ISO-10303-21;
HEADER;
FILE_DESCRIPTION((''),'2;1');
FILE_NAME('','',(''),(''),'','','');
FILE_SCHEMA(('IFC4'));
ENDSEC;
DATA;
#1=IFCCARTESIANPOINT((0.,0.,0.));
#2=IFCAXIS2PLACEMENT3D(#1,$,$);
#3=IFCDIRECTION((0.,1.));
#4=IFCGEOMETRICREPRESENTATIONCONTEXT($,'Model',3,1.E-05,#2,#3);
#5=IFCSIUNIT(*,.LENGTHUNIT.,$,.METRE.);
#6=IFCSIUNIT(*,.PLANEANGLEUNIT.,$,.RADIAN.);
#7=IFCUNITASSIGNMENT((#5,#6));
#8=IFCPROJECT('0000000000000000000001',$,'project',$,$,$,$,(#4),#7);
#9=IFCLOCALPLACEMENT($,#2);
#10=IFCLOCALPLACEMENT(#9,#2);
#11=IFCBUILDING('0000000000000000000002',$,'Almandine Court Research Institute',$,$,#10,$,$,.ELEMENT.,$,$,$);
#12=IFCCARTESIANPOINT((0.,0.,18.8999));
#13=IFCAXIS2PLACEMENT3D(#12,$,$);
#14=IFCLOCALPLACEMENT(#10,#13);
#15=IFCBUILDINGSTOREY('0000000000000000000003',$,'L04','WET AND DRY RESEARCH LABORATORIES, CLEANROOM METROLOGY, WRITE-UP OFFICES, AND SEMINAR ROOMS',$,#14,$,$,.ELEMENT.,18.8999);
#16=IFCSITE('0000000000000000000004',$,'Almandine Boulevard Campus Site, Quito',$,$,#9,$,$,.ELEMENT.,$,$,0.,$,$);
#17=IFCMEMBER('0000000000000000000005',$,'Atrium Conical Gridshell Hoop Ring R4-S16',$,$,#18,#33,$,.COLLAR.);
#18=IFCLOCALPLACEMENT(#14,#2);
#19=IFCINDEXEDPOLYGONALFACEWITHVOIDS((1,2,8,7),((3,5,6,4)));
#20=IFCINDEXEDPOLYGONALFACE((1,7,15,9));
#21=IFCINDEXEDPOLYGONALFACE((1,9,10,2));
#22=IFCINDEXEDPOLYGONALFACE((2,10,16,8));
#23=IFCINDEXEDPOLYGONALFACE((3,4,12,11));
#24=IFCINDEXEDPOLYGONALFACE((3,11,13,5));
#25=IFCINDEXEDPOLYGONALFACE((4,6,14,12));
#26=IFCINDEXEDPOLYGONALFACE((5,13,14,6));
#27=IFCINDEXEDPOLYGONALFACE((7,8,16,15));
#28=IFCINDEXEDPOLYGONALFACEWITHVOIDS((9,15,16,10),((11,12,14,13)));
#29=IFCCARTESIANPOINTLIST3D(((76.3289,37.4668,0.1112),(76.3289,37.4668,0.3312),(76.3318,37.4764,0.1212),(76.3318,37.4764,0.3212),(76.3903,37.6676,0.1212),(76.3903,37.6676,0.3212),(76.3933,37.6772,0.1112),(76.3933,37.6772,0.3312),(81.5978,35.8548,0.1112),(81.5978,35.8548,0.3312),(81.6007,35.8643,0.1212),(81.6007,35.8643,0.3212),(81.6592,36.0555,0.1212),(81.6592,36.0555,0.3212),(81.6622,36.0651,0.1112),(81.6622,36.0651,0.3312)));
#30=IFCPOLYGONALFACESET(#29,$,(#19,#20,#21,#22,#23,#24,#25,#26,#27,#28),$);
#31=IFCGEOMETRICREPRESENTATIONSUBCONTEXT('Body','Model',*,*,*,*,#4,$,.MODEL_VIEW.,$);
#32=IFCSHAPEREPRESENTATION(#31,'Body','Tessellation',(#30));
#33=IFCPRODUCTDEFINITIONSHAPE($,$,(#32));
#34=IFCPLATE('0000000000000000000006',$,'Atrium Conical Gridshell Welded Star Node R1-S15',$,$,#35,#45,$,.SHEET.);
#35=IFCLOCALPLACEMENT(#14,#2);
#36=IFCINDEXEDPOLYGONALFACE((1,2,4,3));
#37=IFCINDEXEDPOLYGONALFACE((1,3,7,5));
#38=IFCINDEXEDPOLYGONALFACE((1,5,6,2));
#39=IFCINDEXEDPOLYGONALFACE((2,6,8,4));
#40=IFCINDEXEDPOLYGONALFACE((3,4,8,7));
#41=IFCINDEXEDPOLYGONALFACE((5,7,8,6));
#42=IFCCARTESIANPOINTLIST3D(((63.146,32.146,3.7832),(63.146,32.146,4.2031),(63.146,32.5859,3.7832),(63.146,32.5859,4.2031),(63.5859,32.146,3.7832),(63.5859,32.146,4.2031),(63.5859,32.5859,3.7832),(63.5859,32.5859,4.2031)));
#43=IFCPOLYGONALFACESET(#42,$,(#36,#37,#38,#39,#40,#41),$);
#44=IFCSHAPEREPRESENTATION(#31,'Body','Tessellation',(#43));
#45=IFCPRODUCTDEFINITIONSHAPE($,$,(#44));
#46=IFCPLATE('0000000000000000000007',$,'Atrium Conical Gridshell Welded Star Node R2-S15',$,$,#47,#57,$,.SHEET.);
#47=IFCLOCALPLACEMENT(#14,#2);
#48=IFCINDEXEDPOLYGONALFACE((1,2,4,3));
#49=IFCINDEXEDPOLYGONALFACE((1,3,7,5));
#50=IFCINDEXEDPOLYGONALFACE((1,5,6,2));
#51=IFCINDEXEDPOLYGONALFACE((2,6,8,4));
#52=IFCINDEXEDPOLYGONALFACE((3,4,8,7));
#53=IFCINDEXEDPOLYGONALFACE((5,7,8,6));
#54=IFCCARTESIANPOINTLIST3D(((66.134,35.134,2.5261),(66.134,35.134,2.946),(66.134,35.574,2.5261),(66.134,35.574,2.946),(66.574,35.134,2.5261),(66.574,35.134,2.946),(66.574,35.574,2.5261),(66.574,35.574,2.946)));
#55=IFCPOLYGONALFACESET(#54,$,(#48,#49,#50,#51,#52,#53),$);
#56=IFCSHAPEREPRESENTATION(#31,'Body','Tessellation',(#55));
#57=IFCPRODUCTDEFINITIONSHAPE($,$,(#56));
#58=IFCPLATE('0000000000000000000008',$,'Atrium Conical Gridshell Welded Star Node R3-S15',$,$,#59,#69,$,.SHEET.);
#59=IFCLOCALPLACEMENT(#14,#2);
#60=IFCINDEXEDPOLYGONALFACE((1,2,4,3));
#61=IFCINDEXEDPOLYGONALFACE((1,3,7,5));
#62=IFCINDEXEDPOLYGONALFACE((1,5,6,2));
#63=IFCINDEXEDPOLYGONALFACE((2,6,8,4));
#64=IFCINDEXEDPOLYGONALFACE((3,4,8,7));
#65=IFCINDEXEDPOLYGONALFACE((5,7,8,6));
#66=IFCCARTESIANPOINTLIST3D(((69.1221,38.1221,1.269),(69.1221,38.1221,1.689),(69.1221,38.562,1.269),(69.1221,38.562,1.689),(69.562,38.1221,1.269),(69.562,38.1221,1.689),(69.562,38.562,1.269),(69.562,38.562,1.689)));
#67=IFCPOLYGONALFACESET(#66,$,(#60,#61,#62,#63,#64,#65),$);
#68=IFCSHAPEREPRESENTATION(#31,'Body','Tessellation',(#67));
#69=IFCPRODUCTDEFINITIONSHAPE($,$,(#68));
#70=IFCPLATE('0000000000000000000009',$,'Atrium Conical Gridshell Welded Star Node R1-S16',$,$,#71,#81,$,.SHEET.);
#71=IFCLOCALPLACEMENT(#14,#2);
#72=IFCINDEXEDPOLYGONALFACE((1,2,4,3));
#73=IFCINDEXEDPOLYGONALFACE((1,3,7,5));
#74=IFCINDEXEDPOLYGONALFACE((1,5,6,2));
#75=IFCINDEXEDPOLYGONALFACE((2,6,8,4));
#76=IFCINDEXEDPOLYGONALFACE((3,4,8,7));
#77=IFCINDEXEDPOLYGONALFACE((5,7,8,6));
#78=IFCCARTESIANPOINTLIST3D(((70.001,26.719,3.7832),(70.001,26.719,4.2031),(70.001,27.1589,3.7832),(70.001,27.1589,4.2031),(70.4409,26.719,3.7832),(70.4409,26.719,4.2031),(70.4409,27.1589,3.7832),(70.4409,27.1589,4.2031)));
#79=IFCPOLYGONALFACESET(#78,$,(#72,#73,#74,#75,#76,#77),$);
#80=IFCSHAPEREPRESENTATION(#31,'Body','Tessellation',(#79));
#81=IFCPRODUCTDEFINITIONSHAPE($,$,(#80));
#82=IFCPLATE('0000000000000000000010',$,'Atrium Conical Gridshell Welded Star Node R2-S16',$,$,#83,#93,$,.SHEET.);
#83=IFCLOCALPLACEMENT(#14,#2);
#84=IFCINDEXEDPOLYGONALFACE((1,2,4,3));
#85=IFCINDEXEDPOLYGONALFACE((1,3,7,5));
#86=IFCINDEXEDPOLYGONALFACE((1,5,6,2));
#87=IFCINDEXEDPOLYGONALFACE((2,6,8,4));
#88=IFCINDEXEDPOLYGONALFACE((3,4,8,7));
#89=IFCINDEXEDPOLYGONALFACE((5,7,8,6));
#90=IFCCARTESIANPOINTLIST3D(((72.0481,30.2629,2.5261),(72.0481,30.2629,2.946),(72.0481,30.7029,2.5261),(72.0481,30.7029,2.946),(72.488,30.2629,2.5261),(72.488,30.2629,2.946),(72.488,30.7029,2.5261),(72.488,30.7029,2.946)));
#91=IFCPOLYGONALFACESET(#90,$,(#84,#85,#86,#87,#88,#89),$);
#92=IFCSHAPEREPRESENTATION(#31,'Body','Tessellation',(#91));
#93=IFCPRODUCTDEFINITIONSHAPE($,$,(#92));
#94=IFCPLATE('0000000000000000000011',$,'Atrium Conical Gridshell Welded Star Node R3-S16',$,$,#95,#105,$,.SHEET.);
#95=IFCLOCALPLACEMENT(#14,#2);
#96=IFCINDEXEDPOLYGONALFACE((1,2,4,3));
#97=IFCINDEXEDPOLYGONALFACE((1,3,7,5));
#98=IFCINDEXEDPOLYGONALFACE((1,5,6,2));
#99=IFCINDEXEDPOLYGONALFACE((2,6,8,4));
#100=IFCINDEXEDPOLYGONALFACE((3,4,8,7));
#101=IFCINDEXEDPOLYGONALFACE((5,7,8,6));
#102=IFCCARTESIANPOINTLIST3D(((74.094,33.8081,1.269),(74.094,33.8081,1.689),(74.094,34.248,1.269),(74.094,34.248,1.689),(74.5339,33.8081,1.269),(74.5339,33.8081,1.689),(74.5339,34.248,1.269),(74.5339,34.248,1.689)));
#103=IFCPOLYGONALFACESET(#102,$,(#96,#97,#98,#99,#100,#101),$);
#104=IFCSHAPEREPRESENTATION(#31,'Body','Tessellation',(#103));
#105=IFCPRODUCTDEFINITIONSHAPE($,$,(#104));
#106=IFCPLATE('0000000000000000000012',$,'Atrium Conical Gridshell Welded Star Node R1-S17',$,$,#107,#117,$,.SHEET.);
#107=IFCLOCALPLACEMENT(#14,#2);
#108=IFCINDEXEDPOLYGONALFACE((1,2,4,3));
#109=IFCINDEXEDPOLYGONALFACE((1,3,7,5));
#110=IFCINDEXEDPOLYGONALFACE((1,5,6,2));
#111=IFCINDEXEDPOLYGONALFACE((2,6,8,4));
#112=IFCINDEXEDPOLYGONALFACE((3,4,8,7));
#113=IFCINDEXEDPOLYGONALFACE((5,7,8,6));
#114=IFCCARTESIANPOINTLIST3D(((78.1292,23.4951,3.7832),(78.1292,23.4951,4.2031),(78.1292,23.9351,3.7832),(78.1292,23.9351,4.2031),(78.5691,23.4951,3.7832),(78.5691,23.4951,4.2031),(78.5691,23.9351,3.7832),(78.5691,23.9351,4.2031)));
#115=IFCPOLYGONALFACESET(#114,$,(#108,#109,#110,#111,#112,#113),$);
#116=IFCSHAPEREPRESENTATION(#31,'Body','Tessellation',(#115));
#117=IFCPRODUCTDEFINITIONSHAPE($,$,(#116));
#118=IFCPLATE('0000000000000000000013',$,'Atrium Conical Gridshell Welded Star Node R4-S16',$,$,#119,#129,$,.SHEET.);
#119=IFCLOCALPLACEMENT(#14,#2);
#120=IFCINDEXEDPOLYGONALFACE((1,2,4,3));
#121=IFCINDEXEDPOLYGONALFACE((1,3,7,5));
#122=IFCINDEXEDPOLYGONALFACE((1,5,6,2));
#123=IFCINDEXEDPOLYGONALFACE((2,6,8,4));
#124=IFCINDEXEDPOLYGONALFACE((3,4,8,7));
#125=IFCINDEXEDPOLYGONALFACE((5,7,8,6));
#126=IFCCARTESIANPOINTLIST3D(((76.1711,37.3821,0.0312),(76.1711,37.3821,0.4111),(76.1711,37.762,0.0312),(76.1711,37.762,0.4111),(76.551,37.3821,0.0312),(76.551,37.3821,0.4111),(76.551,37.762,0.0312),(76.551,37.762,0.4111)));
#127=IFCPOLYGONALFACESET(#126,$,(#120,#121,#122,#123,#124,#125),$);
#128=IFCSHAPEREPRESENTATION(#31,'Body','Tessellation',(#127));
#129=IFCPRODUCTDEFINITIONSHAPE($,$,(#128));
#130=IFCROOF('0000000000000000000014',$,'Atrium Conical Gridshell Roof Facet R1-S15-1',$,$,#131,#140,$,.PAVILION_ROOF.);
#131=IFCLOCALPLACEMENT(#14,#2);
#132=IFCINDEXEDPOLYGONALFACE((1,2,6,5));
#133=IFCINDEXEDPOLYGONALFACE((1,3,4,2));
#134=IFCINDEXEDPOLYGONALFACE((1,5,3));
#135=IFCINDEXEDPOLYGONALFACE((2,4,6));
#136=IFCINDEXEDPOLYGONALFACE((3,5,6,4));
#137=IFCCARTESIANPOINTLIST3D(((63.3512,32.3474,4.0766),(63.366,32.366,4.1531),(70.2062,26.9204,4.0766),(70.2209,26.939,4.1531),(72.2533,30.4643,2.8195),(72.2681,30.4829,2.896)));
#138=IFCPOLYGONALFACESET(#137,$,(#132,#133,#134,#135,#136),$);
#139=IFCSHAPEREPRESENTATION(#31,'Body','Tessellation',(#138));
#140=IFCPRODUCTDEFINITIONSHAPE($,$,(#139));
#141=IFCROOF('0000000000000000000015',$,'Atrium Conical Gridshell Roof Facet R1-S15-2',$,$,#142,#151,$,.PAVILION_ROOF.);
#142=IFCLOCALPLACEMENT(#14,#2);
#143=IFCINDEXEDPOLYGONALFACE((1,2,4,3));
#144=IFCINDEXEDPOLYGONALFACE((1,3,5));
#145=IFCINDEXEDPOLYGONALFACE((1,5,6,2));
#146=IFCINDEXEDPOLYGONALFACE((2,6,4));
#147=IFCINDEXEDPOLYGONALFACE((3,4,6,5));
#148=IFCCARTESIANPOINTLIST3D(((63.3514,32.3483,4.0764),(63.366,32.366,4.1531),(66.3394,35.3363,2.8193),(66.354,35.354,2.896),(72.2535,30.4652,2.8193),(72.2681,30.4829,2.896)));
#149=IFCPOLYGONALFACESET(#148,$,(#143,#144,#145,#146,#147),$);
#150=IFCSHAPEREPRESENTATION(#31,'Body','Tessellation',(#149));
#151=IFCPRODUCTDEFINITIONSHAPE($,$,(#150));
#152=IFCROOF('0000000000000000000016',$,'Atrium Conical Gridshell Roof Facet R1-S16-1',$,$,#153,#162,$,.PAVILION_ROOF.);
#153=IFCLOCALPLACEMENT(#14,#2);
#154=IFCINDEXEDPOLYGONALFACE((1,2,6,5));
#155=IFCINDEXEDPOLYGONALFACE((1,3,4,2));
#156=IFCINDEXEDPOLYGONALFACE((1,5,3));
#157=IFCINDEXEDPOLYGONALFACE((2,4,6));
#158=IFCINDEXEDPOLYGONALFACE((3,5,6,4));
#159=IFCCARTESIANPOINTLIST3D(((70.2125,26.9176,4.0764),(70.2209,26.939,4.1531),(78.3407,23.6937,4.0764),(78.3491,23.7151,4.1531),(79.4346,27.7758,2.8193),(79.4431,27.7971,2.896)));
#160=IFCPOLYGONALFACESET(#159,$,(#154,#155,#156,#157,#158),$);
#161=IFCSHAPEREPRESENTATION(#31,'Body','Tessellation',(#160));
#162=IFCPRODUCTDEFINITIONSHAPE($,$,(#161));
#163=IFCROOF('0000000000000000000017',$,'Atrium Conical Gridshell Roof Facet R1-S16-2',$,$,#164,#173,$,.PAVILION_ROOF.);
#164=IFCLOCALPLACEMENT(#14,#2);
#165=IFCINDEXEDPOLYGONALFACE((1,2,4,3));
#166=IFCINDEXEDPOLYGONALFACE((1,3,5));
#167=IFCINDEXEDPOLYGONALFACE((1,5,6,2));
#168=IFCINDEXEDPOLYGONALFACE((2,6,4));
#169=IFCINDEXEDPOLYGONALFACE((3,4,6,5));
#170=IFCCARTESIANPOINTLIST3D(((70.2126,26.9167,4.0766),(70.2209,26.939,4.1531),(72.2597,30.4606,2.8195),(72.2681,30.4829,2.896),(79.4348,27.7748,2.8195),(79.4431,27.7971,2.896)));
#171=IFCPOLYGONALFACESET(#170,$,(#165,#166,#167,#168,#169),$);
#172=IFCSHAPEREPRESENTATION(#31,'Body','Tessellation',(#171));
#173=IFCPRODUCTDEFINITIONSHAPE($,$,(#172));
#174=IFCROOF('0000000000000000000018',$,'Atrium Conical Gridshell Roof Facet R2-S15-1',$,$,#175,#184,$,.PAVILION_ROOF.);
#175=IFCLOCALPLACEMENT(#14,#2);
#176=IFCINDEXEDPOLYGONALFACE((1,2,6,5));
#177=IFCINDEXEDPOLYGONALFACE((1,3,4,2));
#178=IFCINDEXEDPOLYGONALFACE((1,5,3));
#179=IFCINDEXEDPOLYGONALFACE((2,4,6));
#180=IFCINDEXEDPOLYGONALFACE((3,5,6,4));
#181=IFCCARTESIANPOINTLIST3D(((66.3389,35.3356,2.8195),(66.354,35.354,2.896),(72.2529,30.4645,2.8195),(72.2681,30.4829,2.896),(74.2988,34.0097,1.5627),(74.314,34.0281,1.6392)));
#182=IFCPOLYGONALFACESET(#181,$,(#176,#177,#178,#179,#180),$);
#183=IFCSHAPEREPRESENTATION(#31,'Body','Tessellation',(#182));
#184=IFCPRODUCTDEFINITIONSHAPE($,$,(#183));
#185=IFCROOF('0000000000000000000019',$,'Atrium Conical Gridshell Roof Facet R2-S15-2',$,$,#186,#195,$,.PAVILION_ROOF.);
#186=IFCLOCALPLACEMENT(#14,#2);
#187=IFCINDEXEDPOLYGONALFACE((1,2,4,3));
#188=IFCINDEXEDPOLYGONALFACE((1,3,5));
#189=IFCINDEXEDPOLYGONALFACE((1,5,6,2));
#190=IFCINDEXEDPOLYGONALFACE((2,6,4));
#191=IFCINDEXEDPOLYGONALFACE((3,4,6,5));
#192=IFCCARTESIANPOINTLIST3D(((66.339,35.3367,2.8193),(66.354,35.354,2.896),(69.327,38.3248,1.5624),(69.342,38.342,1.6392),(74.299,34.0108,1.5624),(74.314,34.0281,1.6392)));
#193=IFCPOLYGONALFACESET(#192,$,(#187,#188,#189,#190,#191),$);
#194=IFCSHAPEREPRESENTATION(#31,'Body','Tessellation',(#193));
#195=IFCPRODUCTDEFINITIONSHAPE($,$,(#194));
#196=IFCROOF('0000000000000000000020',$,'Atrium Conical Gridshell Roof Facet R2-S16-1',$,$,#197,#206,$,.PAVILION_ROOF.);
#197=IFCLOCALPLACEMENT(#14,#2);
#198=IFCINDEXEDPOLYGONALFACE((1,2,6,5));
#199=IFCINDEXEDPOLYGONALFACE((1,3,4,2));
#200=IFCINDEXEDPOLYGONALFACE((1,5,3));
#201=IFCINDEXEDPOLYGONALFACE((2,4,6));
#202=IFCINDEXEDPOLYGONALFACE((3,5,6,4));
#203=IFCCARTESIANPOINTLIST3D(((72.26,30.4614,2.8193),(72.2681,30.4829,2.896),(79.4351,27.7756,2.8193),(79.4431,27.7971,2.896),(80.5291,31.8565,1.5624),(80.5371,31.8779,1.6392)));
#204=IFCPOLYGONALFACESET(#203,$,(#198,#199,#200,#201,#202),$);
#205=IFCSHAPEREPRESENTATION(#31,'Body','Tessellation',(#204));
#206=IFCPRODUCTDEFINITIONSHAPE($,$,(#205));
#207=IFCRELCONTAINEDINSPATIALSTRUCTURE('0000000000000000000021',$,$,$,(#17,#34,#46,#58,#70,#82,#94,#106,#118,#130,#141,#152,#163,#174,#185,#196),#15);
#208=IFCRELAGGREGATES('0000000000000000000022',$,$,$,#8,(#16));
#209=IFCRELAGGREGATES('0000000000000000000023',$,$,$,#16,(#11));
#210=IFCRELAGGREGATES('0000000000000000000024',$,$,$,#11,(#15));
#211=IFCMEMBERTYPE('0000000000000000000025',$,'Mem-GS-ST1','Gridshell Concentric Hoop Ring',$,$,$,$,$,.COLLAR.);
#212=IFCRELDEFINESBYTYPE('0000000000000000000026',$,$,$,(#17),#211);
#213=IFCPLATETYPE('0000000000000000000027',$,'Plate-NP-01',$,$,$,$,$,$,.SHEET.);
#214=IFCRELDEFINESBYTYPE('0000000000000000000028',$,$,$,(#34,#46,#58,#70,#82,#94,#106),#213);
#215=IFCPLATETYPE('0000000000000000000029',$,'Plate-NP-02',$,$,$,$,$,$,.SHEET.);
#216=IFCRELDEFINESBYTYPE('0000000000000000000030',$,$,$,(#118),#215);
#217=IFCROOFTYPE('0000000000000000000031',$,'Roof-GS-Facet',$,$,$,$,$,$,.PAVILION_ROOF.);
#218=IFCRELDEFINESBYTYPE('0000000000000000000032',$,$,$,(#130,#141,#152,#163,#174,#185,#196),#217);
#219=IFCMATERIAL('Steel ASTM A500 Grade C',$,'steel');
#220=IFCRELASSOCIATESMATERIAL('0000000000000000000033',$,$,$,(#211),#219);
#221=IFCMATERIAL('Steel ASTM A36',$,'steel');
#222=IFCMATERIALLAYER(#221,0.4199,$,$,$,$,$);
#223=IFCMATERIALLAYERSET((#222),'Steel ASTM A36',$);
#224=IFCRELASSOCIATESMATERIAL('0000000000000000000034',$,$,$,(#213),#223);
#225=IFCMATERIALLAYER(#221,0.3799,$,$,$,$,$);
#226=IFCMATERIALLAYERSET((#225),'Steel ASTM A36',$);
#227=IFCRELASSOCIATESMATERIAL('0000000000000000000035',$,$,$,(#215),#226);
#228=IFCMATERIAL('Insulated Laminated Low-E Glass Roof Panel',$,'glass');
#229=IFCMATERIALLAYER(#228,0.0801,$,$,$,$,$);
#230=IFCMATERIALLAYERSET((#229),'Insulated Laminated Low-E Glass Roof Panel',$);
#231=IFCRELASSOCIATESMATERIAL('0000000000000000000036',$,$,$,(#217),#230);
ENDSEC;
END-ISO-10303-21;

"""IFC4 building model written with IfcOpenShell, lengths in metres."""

from ifc_helpers import new_model, si_unit, direction, frame, origin, origin_2d, place, context, subcontext, project, spatial, polyline, rectangle, hollow_rectangle, outline, extrude, material, layer, layer_set, material_profile, profile_set, type_object, element, save


model = new_model("IFC4")

# Units and contexts
model_context = context("Model", 3, precision=1e-05, world=origin(), true_north=direction((0.0, 1.0)))
body_context = subcontext(model_context, "Body", "Model", "MODEL_VIEW")
ifc_project = project(units=[si_unit("LENGTHUNIT", "METRE"), si_unit("PLANEANGLEUNIT", "RADIAN")], contexts=[model_context])

# Site, building, storey
site_placement = place(None, origin())
site = spatial("IfcSite", under=ifc_project, at=site_placement, Name="Almandine Boulevard Campus Site, Quito", CompositionType="ELEMENT", RefElevation=0.0)
building_placement = place(site_placement, origin())
building = spatial("IfcBuilding", under=site, at=building_placement, Name="Almandine Court Research Institute", CompositionType="ELEMENT")
storey_placement = place(building_placement, frame((0.0, 0.0, 18.8999)))
storey = spatial("IfcBuildingStorey", under=building, at=storey_placement, Name="L04", Description="WET AND DRY RESEARCH LABORATORIES, CLEANROOM METROLOGY, WRITE-UP OFFICES, AND SEMINAR ROOMS", CompositionType="ELEMENT", Elevation=18.8999)

# Shared definitions
ifc_material_1 = material(Name="Steel ASTM A500 Grade C", Category="steel")

# Member
ifc_material_profile_1 = material_profile(ifc_material_1, hollow_rectangle(XDim=0.22, YDim=0.22, WallThickness=0.01, at=origin_2d()), Name="HSS 220x220x10")
ifc_profile_set_1 = profile_set([ifc_material_profile_1], Name="Steel ASTM A500 Grade C")
member_type_1 = type_object("IfcMemberType", Name="Mem-GS-ST1", Description="Gridshell Concentric Hoop Ring", PredefinedType="COLLAR", material=ifc_profile_set_1)
member_1_placement = place(storey_placement, frame((76.3611, 37.572, 0.2212), z_axis=(0.956242, -0.292575, 0.0), x_axis=(0.292575, 0.956242, 0.0)))
element("IfcMember", 1, at=member_1_placement, inside=storey, type_object=member_type_1, Name="Atrium Conical Gridshell Hoop Ring R4-S16", PredefinedType="COLLAR", context=body_context, shape_type="SweptSolid", body=[
    extrude(hollow_rectangle(XDim=0.22, YDim=0.22, WallThickness=0.01, at=origin_2d()), origin(), (0.0, 0.0, 1.0), 5.51),
])

# Plates
ifc_material_2 = material(Name="Steel ASTM A36", Category="steel")
ifc_layer_1 = layer(ifc_material_2, 0.4199)
ifc_layer_set_1 = layer_set([ifc_layer_1], Name="Steel ASTM A36")
plate_type_1 = type_object("IfcPlateType", Name="Plate-NP-01", PredefinedType="SHEET", material=ifc_layer_set_1)
for number, where, z_axis, x_axis, name in (
    (2, (63.366, 32.366, 3.7832), (0.0, 0.0, 1.0), (1.0, 0.0, 0.0), "Atrium Conical Gridshell Welded Star Node R1-S15"),
    (3, (66.354, 35.354, 2.5261), (0.0, 0.0, 1.0), (1.0, 0.0, 0.0), "Atrium Conical Gridshell Welded Star Node R2-S15"),
    (4, (69.342, 38.342, 1.269), (0.0, 0.0, 1.0), (1.0, 0.0, 0.0), "Atrium Conical Gridshell Welded Star Node R3-S15"),
    (5, (70.2209, 26.939, 3.7832), (0.0, 0.0, 1.0), (1.0, 0.0, 0.0), "Atrium Conical Gridshell Welded Star Node R1-S16"),
    (6, (72.2681, 30.4829, 2.5261), (0.0, 0.0, 1.0), (1.0, 0.0, 0.0), "Atrium Conical Gridshell Welded Star Node R2-S16"),
    (7, (74.314, 34.0281, 1.269), (0.0, 0.0, 1.0), (1.0, 0.0, 0.0), "Atrium Conical Gridshell Welded Star Node R3-S16"),
    (8, (78.3491, 23.7151, 3.7832), (0.0, 0.0, 1.0), (1.0, 0.0, 0.0), "Atrium Conical Gridshell Welded Star Node R1-S17"),
):
    element("IfcPlate", number, at=place(storey_placement, frame(where, z_axis=z_axis, x_axis=x_axis)), inside=storey, type_object=plate_type_1, Name=name, PredefinedType="SHEET", context=body_context, shape_type="SweptSolid", body=[
        extrude(rectangle(XDim=0.4399, YDim=0.4399, at=origin_2d()), origin(), (0.0, 0.0, 1.0), 0.4199),
    ])
ifc_layer_2 = layer(ifc_material_2, 0.3799)
ifc_layer_set_2 = layer_set([ifc_layer_2], Name="Steel ASTM A36")
plate_type_2 = type_object("IfcPlateType", Name="Plate-NP-02", PredefinedType="SHEET", material=ifc_layer_set_2)
plate_placement = place(storey_placement, frame((76.3611, 37.572, 0.0312), z_axis=(0.0, 0.0, 1.0), x_axis=(1.0, 0.0, 0.0)))
element("IfcPlate", 9, at=plate_placement, inside=storey, type_object=plate_type_2, Name="Atrium Conical Gridshell Welded Star Node R4-S16", PredefinedType="SHEET", context=body_context, shape_type="SweptSolid", body=[
    extrude(rectangle(XDim=0.3799, YDim=0.3799, at=origin_2d()), origin(), (0.0, 0.0, 1.0), 0.3799),
])

# Roofs
ifc_material_3 = material(Name="Insulated Laminated Low-E Glass Roof Panel", Category="glass")
ifc_layer_3 = layer(ifc_material_3, 0.0801)
ifc_layer_set_3 = layer_set([ifc_layer_3], Name="Insulated Laminated Low-E Glass Roof Panel")
roof_type = type_object("IfcRoofType", Name="Roof-GS-Facet", PredefinedType="PAVILION_ROOF", material=ifc_layer_set_3)
roof_1_placement = place(storey_placement, frame((63.366, 32.366, 4.1531), z_axis=(0.184034, 0.232458, 0.955037), x_axis=(0.784038, -0.620713, 0.0)))
element("IfcRoof", 10, at=roof_1_placement, inside=storey, type_object=roof_type, Name="Atrium Conical Gridshell Roof Facet R1-S15-1", PredefinedType="PAVILION_ROOF", context=body_context, shape_type="SweptSolid", body=[
    extrude(outline(polyline([(0.0, 0.0), (8.7432, 0.0), (8.1484, 4.2399), (0.0, 0.0)])), origin(), (0.0, 0.0, -1.0), 0.0801),
])
roof_2_placement = place(storey_placement, frame((63.366, 32.366, 4.1531), z_axis=(0.182053, 0.221033, 0.958124), x_axis=(0.969146, -0.205003, -0.136855)))
element("IfcRoof", 11, at=roof_2_placement, inside=storey, type_object=roof_type, Name="Atrium Conical Gridshell Roof Facet R1-S15-2", PredefinedType="PAVILION_ROOF", context=body_context, shape_type="SweptSolid", body=[
    extrude(outline(polyline([(0.0, 0.0), (9.1855, 0.0), (2.4553, 3.6617), (0.0, 0.0)])), origin(), (0.0, 0.0, -1.0), 0.0801),
])
roof_3_placement = place(storey_placement, frame((70.2209, 26.939, 4.1531), z_axis=(0.105767, 0.266665, 0.957968), x_axis=(0.929553, -0.368689, 0.0)))
element("IfcRoof", 12, at=roof_3_placement, inside=storey, type_object=roof_type, Name="Atrium Conical Gridshell Roof Facet R1-S16-1", PredefinedType="PAVILION_ROOF", context=body_context, shape_type="SweptSolid", body=[
    extrude(outline(polyline([(0.0, 0.0), (8.7442, 0.0), (8.2561, 4.382), (0.0, 0.0)])), origin(), (0.0, 0.0, -1.0), 0.0801),
])
roof_4_placement = place(storey_placement, frame((70.2209, 26.939, 4.1531), z_axis=(0.104234, 0.27846, 0.954775), x_axis=(0.986652, 0.091811, -0.134491)))
element("IfcRoof", 13, at=roof_4_placement, inside=storey, type_object=roof_type, Name="Atrium Conical Gridshell Roof Facet R1-S16-2", PredefinedType="PAVILION_ROOF", context=body_context, shape_type="SweptSolid", body=[
    extrude(outline(polyline([(0.0, 0.0), (9.3469, 0.0), (2.5142, 3.4654), (0.0, 0.0)])), origin(), (0.0, 0.0, -1.0), 0.0801),
])
roof_5_placement = place(storey_placement, frame((66.354, 35.354, 2.896), z_axis=(0.188977, 0.229439, 0.954801), x_axis=(0.771886, -0.635761, 0.0)))
element("IfcRoof", 14, at=roof_5_placement, inside=storey, type_object=roof_type, Name="Atrium Conical Gridshell Roof Facet R2-S15-1", PredefinedType="PAVILION_ROOF", context=body_context, shape_type="SweptSolid", body=[
    extrude(outline(polyline([(0.0, 0.0), (7.6618, 0.0), (6.9872, 4.2283), (0.0, 0.0)])), origin(), (0.0, 0.0, -1.0), 0.0801),
])
roof_6_placement = place(storey_placement, frame((66.354, 35.354, 2.896), z_axis=(0.187262, 0.215823, 0.958307), x_axis=(0.974658, -0.162353, -0.153893)))
element("IfcRoof", 15, at=roof_6_placement, inside=storey, type_object=roof_type, Name="Atrium Conical Gridshell Roof Facet R2-S15-2", PredefinedType="PAVILION_ROOF", context=body_context, shape_type="SweptSolid", body=[
    extrude(outline(polyline([(0.0, 0.0), (8.1669, 0.0), (2.6206, 3.5452), (0.0, 0.0)])), origin(), (0.0, 0.0, -1.0), 0.0801),
])
roof_7_placement = place(storey_placement, frame((72.2681, 30.4829, 2.896), z_axis=(0.100385, 0.268178, 0.958125), x_axis=(0.936537, -0.350568, 0.0)))
element("IfcRoof", 16, at=roof_7_placement, inside=storey, type_object=roof_type, Name="Atrium Conical Gridshell Roof Facet R2-S16-1", PredefinedType="PAVILION_ROOF", context=body_context, shape_type="SweptSolid", body=[
    extrude(outline(polyline([(0.0, 0.0), (7.6613, 0.0), (7.2552, 4.3891), (0.0, 0.0)])), origin(), (0.0, 0.0, -1.0), 0.0801),
])

save(model, "model.ifc")
